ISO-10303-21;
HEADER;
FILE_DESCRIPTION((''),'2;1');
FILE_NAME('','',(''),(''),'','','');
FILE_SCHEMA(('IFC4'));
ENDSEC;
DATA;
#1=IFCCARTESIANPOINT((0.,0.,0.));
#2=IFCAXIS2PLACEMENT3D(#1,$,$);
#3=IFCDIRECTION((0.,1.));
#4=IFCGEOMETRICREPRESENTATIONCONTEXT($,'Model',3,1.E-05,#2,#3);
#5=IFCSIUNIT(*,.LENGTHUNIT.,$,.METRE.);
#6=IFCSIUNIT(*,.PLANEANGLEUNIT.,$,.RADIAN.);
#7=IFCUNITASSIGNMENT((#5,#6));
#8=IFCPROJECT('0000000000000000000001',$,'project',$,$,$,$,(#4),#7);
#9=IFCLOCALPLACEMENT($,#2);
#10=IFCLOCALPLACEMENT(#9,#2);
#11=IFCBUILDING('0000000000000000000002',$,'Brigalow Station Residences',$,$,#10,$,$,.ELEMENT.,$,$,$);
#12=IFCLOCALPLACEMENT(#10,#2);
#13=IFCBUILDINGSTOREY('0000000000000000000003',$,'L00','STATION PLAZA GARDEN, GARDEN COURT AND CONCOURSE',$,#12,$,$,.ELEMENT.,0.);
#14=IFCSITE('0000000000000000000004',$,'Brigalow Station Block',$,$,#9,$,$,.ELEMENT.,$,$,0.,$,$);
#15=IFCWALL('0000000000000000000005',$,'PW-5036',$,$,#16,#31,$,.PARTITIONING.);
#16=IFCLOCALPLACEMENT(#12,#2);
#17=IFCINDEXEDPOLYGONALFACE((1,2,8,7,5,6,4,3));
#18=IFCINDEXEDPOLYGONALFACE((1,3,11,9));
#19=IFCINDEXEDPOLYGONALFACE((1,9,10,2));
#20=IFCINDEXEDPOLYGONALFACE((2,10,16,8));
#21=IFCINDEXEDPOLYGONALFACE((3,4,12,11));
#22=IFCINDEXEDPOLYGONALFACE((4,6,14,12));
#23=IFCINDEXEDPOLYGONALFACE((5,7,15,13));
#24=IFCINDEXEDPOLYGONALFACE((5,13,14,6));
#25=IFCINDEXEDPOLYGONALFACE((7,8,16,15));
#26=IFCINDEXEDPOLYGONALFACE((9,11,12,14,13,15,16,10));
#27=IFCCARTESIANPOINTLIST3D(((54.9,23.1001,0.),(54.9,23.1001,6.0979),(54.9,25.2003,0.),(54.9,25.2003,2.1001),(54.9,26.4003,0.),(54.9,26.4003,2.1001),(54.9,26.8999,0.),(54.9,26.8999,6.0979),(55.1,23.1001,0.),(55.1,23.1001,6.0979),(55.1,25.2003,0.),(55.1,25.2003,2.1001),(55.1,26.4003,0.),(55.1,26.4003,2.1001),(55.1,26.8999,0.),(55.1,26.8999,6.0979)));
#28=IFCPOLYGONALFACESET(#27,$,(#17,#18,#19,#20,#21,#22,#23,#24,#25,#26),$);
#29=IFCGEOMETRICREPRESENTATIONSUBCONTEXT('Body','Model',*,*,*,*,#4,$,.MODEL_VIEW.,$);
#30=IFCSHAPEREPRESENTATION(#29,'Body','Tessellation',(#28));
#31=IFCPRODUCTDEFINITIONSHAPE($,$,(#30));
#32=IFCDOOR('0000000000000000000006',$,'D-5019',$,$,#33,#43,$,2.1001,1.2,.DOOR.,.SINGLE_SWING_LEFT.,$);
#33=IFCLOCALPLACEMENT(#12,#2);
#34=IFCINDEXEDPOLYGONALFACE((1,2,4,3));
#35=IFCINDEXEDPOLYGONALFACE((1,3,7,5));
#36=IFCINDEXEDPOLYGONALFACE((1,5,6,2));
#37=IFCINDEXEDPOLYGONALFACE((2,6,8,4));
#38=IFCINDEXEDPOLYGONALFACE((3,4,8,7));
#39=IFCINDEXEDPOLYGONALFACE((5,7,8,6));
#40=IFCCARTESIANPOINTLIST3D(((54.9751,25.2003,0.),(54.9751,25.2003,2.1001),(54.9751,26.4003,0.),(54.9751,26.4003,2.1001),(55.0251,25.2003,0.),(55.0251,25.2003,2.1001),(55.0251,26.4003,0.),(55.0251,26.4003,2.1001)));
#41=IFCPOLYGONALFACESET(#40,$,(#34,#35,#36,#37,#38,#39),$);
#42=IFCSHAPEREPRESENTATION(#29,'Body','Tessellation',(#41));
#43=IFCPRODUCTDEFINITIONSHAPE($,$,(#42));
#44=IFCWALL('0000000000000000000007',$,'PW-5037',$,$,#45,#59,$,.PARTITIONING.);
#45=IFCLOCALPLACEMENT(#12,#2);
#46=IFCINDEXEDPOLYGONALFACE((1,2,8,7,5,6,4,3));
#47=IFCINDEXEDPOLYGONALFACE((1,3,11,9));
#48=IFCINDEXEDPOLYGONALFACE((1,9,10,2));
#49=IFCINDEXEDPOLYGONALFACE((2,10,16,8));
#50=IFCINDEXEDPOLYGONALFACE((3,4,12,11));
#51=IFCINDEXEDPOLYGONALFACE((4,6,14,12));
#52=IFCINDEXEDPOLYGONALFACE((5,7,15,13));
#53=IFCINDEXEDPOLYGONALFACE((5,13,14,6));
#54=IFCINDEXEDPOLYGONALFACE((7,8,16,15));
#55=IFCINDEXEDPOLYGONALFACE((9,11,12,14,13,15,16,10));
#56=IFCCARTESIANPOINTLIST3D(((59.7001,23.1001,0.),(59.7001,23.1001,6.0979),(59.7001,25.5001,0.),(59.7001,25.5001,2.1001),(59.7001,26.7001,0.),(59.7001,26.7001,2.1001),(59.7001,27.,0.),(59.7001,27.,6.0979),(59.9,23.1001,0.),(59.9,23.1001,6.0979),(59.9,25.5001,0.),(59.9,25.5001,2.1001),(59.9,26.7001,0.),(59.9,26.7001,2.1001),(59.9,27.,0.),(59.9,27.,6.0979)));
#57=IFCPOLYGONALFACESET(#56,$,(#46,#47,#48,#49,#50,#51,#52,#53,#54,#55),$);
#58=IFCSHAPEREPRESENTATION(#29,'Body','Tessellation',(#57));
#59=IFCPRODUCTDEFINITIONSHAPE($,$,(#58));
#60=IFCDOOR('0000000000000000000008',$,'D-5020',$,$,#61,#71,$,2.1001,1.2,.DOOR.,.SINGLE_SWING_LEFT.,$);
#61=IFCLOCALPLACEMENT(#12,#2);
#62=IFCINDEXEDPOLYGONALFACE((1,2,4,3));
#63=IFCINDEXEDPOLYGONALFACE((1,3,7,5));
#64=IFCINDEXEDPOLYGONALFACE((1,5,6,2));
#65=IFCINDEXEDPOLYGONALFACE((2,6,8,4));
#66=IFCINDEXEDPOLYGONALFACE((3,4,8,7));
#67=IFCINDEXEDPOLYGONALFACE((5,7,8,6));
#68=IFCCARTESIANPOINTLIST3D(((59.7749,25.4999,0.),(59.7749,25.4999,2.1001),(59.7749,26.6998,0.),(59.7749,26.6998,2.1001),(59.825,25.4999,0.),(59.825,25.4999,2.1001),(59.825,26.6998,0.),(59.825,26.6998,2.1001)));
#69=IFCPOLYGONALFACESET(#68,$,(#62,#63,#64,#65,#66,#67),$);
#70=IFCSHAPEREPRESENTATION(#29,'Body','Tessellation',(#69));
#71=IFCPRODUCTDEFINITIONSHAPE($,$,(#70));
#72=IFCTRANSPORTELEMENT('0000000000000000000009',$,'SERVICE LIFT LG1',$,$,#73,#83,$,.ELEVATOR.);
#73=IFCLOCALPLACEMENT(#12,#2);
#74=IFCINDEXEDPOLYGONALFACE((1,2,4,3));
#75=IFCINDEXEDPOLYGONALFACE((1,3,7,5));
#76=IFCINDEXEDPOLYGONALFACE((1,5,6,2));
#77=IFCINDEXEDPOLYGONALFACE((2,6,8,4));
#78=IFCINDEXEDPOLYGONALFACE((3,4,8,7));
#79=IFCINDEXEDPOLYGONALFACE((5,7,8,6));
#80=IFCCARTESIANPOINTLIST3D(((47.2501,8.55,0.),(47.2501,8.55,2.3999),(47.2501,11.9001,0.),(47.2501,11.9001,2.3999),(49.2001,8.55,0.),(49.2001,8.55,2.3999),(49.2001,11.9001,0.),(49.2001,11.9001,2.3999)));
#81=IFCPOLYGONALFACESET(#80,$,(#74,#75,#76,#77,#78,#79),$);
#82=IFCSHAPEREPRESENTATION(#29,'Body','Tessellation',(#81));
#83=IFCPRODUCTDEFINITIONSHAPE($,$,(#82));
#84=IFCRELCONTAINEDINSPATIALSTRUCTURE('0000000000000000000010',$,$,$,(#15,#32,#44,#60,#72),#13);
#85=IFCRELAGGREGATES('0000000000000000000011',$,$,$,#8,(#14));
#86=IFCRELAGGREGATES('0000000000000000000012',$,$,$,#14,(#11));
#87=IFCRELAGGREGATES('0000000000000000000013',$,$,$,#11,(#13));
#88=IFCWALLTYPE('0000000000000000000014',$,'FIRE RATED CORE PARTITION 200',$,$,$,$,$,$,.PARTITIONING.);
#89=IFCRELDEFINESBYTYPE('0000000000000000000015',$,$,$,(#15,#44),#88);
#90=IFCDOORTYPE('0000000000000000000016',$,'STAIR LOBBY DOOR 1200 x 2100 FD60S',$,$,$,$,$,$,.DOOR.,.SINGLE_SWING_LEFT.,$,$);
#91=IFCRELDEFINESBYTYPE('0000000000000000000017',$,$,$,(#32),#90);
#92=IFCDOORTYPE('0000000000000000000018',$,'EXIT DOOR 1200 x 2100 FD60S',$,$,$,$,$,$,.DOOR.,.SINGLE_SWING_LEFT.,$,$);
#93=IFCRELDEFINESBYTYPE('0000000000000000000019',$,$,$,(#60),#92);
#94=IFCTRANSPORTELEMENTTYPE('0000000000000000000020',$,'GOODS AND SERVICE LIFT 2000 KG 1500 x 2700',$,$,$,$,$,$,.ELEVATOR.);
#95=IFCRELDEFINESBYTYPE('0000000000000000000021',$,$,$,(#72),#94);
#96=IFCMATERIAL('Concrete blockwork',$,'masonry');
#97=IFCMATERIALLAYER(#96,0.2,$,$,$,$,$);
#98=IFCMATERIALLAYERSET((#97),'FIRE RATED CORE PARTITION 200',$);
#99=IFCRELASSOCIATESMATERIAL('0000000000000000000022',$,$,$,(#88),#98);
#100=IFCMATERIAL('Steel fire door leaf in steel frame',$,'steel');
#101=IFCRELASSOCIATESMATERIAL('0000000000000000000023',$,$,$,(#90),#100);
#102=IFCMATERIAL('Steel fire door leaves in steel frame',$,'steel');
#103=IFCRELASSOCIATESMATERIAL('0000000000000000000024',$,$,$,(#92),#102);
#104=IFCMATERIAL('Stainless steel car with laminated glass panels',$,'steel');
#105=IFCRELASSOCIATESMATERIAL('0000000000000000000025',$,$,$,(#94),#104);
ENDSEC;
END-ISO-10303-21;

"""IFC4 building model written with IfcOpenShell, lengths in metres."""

from ifc_helpers import new_model, si_unit, direction, frame, frame_2d, origin, origin_2d, place, context, subcontext, project, spatial, rectangle, extrude, material, layer, layer_set, type_object, element, fill, save


model = new_model("IFC4")

# Units and contexts
model_context = context("Model", 3, precision=1e-05, world=origin(), true_north=direction((0.0, 1.0)))
body_context = subcontext(model_context, "Body", "Model", "MODEL_VIEW")
ifc_project = project(units=[si_unit("LENGTHUNIT", "METRE"), si_unit("PLANEANGLEUNIT", "RADIAN")], contexts=[model_context])

# Site, building, storey
site_placement = place(None, origin())
site = spatial("IfcSite", under=ifc_project, at=site_placement, Name="Brigalow Station Block", CompositionType="ELEMENT", RefElevation=0.0)
building_placement = place(site_placement, origin())
building = spatial("IfcBuilding", under=site, at=building_placement, Name="Brigalow Station Residences", CompositionType="ELEMENT")
storey_placement = place(building_placement, origin())
storey = spatial("IfcBuildingStorey", under=building, at=storey_placement, Name="L00", Description="STATION PLAZA GARDEN, GARDEN COURT AND CONCOURSE", CompositionType="ELEMENT", Elevation=0.0)

# Shared definitions
ifc_material_1 = material(Name="Concrete blockwork", Category="masonry")
ifc_layer_1 = layer(ifc_material_1, 0.2)
ifc_layer_set_1 = layer_set([ifc_layer_1], Name="FIRE RATED CORE PARTITION 200")
wall_type_1 = type_object("IfcWallType", Name="FIRE RATED CORE PARTITION 200", PredefinedType="PARTITIONING", material=ifc_layer_set_1)

# Walls, openings, doors
wall_1_placement = place(storey_placement, frame((55.0, 23.1001, 0.0), z_axis=(0.0, 0.0, 1.0), x_axis=(0.0, 1.0, 0.0)))
wall_1 = element("IfcWall", 1, at=wall_1_placement, inside=storey, type_object=wall_type_1, Name="PW-5036", PredefinedType="PARTITIONING", context=body_context, shape_type="SweptSolid", body=[
    extrude(rectangle(XDim=3.7998, YDim=0.2, at=frame_2d((1.8999, 0.0))), origin(), (0.0, 0.0, 1.0), 6.0979),
])
opening_1_placement = place(wall_1_placement, frame((2.1001, 0.0, 0.0)))
opening_1 = element("IfcOpeningElement", 2, at=opening_1_placement, cuts=wall_1, PredefinedType="OPENING", context=body_context, shape_type="SweptSolid", body=[
    extrude(rectangle(XDim=1.2, YDim=2.1001, at=frame_2d((0.6001, 1.05))), frame((0.0, 0.1099, 0.0), z_axis=(0.0, -1.0, 0.0), x_axis=(1.0, 0.0, 0.0)), (0.0, 0.0, 1.0), 0.22),
])
ifc_material_2 = material(Name="Steel fire door leaf in steel frame", Category="steel")
door_type_1 = type_object("IfcDoorType", Name="STAIR LOBBY DOOR 1200 x 2100 FD60S", OperationType="SINGLE_SWING_LEFT", PredefinedType="DOOR", material=ifc_material_2)
door_1_placement = place(opening_1_placement, origin())
door_1 = element("IfcDoor", 3, at=door_1_placement, inside=storey, type_object=door_type_1, Name="D-5019", OperationType="SINGLE_SWING_LEFT", OverallHeight=2.1001, OverallWidth=1.2, PredefinedType="DOOR", context=body_context, shape_type="SweptSolid", body=[
    extrude(rectangle(XDim=1.2, YDim=2.1001, at=frame_2d((0.6001, 1.05))), frame((0.0, 0.0249, 0.0), z_axis=(0.0, -1.0, 0.0), x_axis=(1.0, 0.0, 0.0)), (0.0, 0.0, 1.0), 0.05),
])
fill(opening_1, door_1)
wall_2_placement = place(storey_placement, frame((59.8, 23.1001, 0.0), z_axis=(0.0, 0.0, 1.0), x_axis=(0.0, 1.0, 0.0)))
wall_2 = element("IfcWall", 4, at=wall_2_placement, inside=storey, type_object=wall_type_1, Name="PW-5037", PredefinedType="PARTITIONING", context=body_context, shape_type="SweptSolid", body=[
    extrude(rectangle(XDim=3.8999, YDim=0.2, at=frame_2d((1.95, 0.0))), origin(), (0.0, 0.0, 1.0), 6.0979),
])
opening_2_placement = place(wall_2_placement, frame((2.3999, 0.0, 0.0)))
opening_2 = element("IfcOpeningElement", 5, at=opening_2_placement, cuts=wall_2, PredefinedType="OPENING", context=body_context, shape_type="SweptSolid", body=[
    extrude(rectangle(XDim=1.2, YDim=2.1001, at=frame_2d((0.6001, 1.05))), frame((0.0, 0.1099, 0.0), z_axis=(0.0, -1.0, 0.0), x_axis=(1.0, 0.0, 0.0)), (0.0, 0.0, 1.0), 0.22),
])
ifc_material_3 = material(Name="Steel fire door leaves in steel frame", Category="steel")
door_type_2 = type_object("IfcDoorType", Name="EXIT DOOR 1200 x 2100 FD60S", OperationType="SINGLE_SWING_LEFT", PredefinedType="DOOR", material=ifc_material_3)
door_2_placement = place(opening_2_placement, frame((1.2, 0.0, 0.0), z_axis=(0.0, 0.0, 1.0), x_axis=(-1.0, 0.0, 0.0)))
door_2 = element("IfcDoor", 6, at=door_2_placement, inside=storey, type_object=door_type_2, Name="D-5020", OperationType="SINGLE_SWING_LEFT", OverallHeight=2.1001, OverallWidth=1.2, PredefinedType="DOOR", context=body_context, shape_type="SweptSolid", body=[
    extrude(rectangle(XDim=1.2, YDim=2.1001, at=frame_2d((0.6001, 1.05))), frame((0.0, 0.0249, 0.0), z_axis=(0.0, -1.0, 0.0), x_axis=(1.0, 0.0, 0.0)), (0.0, 0.0, 1.0), 0.05),
])
fill(opening_2, door_2)

# Transport element
ifc_material_4 = material(Name="Stainless steel car with laminated glass panels", Category="steel")
transport_element_type = type_object("IfcTransportElementType", Name="GOODS AND SERVICE LIFT 2000 KG 1500 x 2700", PredefinedType="ELEVATOR", material=ifc_material_4)
transport_element_placement = place(storey_placement, frame((48.2251, 10.2251, 0.0), z_axis=(0.0, 0.0, 1.0), x_axis=(1.0, 0.0, 0.0)))
element("IfcTransportElement", 7, at=transport_element_placement, inside=storey, type_object=transport_element_type, Name="SERVICE LIFT LG1", PredefinedType="ELEVATOR", context=body_context, shape_type="SweptSolid", body=[
    extrude(rectangle(XDim=1.95, YDim=3.3501, at=origin_2d()), origin(), (0.0, 0.0, 1.0), 2.3999),
])

save(model, "model.ifc")
